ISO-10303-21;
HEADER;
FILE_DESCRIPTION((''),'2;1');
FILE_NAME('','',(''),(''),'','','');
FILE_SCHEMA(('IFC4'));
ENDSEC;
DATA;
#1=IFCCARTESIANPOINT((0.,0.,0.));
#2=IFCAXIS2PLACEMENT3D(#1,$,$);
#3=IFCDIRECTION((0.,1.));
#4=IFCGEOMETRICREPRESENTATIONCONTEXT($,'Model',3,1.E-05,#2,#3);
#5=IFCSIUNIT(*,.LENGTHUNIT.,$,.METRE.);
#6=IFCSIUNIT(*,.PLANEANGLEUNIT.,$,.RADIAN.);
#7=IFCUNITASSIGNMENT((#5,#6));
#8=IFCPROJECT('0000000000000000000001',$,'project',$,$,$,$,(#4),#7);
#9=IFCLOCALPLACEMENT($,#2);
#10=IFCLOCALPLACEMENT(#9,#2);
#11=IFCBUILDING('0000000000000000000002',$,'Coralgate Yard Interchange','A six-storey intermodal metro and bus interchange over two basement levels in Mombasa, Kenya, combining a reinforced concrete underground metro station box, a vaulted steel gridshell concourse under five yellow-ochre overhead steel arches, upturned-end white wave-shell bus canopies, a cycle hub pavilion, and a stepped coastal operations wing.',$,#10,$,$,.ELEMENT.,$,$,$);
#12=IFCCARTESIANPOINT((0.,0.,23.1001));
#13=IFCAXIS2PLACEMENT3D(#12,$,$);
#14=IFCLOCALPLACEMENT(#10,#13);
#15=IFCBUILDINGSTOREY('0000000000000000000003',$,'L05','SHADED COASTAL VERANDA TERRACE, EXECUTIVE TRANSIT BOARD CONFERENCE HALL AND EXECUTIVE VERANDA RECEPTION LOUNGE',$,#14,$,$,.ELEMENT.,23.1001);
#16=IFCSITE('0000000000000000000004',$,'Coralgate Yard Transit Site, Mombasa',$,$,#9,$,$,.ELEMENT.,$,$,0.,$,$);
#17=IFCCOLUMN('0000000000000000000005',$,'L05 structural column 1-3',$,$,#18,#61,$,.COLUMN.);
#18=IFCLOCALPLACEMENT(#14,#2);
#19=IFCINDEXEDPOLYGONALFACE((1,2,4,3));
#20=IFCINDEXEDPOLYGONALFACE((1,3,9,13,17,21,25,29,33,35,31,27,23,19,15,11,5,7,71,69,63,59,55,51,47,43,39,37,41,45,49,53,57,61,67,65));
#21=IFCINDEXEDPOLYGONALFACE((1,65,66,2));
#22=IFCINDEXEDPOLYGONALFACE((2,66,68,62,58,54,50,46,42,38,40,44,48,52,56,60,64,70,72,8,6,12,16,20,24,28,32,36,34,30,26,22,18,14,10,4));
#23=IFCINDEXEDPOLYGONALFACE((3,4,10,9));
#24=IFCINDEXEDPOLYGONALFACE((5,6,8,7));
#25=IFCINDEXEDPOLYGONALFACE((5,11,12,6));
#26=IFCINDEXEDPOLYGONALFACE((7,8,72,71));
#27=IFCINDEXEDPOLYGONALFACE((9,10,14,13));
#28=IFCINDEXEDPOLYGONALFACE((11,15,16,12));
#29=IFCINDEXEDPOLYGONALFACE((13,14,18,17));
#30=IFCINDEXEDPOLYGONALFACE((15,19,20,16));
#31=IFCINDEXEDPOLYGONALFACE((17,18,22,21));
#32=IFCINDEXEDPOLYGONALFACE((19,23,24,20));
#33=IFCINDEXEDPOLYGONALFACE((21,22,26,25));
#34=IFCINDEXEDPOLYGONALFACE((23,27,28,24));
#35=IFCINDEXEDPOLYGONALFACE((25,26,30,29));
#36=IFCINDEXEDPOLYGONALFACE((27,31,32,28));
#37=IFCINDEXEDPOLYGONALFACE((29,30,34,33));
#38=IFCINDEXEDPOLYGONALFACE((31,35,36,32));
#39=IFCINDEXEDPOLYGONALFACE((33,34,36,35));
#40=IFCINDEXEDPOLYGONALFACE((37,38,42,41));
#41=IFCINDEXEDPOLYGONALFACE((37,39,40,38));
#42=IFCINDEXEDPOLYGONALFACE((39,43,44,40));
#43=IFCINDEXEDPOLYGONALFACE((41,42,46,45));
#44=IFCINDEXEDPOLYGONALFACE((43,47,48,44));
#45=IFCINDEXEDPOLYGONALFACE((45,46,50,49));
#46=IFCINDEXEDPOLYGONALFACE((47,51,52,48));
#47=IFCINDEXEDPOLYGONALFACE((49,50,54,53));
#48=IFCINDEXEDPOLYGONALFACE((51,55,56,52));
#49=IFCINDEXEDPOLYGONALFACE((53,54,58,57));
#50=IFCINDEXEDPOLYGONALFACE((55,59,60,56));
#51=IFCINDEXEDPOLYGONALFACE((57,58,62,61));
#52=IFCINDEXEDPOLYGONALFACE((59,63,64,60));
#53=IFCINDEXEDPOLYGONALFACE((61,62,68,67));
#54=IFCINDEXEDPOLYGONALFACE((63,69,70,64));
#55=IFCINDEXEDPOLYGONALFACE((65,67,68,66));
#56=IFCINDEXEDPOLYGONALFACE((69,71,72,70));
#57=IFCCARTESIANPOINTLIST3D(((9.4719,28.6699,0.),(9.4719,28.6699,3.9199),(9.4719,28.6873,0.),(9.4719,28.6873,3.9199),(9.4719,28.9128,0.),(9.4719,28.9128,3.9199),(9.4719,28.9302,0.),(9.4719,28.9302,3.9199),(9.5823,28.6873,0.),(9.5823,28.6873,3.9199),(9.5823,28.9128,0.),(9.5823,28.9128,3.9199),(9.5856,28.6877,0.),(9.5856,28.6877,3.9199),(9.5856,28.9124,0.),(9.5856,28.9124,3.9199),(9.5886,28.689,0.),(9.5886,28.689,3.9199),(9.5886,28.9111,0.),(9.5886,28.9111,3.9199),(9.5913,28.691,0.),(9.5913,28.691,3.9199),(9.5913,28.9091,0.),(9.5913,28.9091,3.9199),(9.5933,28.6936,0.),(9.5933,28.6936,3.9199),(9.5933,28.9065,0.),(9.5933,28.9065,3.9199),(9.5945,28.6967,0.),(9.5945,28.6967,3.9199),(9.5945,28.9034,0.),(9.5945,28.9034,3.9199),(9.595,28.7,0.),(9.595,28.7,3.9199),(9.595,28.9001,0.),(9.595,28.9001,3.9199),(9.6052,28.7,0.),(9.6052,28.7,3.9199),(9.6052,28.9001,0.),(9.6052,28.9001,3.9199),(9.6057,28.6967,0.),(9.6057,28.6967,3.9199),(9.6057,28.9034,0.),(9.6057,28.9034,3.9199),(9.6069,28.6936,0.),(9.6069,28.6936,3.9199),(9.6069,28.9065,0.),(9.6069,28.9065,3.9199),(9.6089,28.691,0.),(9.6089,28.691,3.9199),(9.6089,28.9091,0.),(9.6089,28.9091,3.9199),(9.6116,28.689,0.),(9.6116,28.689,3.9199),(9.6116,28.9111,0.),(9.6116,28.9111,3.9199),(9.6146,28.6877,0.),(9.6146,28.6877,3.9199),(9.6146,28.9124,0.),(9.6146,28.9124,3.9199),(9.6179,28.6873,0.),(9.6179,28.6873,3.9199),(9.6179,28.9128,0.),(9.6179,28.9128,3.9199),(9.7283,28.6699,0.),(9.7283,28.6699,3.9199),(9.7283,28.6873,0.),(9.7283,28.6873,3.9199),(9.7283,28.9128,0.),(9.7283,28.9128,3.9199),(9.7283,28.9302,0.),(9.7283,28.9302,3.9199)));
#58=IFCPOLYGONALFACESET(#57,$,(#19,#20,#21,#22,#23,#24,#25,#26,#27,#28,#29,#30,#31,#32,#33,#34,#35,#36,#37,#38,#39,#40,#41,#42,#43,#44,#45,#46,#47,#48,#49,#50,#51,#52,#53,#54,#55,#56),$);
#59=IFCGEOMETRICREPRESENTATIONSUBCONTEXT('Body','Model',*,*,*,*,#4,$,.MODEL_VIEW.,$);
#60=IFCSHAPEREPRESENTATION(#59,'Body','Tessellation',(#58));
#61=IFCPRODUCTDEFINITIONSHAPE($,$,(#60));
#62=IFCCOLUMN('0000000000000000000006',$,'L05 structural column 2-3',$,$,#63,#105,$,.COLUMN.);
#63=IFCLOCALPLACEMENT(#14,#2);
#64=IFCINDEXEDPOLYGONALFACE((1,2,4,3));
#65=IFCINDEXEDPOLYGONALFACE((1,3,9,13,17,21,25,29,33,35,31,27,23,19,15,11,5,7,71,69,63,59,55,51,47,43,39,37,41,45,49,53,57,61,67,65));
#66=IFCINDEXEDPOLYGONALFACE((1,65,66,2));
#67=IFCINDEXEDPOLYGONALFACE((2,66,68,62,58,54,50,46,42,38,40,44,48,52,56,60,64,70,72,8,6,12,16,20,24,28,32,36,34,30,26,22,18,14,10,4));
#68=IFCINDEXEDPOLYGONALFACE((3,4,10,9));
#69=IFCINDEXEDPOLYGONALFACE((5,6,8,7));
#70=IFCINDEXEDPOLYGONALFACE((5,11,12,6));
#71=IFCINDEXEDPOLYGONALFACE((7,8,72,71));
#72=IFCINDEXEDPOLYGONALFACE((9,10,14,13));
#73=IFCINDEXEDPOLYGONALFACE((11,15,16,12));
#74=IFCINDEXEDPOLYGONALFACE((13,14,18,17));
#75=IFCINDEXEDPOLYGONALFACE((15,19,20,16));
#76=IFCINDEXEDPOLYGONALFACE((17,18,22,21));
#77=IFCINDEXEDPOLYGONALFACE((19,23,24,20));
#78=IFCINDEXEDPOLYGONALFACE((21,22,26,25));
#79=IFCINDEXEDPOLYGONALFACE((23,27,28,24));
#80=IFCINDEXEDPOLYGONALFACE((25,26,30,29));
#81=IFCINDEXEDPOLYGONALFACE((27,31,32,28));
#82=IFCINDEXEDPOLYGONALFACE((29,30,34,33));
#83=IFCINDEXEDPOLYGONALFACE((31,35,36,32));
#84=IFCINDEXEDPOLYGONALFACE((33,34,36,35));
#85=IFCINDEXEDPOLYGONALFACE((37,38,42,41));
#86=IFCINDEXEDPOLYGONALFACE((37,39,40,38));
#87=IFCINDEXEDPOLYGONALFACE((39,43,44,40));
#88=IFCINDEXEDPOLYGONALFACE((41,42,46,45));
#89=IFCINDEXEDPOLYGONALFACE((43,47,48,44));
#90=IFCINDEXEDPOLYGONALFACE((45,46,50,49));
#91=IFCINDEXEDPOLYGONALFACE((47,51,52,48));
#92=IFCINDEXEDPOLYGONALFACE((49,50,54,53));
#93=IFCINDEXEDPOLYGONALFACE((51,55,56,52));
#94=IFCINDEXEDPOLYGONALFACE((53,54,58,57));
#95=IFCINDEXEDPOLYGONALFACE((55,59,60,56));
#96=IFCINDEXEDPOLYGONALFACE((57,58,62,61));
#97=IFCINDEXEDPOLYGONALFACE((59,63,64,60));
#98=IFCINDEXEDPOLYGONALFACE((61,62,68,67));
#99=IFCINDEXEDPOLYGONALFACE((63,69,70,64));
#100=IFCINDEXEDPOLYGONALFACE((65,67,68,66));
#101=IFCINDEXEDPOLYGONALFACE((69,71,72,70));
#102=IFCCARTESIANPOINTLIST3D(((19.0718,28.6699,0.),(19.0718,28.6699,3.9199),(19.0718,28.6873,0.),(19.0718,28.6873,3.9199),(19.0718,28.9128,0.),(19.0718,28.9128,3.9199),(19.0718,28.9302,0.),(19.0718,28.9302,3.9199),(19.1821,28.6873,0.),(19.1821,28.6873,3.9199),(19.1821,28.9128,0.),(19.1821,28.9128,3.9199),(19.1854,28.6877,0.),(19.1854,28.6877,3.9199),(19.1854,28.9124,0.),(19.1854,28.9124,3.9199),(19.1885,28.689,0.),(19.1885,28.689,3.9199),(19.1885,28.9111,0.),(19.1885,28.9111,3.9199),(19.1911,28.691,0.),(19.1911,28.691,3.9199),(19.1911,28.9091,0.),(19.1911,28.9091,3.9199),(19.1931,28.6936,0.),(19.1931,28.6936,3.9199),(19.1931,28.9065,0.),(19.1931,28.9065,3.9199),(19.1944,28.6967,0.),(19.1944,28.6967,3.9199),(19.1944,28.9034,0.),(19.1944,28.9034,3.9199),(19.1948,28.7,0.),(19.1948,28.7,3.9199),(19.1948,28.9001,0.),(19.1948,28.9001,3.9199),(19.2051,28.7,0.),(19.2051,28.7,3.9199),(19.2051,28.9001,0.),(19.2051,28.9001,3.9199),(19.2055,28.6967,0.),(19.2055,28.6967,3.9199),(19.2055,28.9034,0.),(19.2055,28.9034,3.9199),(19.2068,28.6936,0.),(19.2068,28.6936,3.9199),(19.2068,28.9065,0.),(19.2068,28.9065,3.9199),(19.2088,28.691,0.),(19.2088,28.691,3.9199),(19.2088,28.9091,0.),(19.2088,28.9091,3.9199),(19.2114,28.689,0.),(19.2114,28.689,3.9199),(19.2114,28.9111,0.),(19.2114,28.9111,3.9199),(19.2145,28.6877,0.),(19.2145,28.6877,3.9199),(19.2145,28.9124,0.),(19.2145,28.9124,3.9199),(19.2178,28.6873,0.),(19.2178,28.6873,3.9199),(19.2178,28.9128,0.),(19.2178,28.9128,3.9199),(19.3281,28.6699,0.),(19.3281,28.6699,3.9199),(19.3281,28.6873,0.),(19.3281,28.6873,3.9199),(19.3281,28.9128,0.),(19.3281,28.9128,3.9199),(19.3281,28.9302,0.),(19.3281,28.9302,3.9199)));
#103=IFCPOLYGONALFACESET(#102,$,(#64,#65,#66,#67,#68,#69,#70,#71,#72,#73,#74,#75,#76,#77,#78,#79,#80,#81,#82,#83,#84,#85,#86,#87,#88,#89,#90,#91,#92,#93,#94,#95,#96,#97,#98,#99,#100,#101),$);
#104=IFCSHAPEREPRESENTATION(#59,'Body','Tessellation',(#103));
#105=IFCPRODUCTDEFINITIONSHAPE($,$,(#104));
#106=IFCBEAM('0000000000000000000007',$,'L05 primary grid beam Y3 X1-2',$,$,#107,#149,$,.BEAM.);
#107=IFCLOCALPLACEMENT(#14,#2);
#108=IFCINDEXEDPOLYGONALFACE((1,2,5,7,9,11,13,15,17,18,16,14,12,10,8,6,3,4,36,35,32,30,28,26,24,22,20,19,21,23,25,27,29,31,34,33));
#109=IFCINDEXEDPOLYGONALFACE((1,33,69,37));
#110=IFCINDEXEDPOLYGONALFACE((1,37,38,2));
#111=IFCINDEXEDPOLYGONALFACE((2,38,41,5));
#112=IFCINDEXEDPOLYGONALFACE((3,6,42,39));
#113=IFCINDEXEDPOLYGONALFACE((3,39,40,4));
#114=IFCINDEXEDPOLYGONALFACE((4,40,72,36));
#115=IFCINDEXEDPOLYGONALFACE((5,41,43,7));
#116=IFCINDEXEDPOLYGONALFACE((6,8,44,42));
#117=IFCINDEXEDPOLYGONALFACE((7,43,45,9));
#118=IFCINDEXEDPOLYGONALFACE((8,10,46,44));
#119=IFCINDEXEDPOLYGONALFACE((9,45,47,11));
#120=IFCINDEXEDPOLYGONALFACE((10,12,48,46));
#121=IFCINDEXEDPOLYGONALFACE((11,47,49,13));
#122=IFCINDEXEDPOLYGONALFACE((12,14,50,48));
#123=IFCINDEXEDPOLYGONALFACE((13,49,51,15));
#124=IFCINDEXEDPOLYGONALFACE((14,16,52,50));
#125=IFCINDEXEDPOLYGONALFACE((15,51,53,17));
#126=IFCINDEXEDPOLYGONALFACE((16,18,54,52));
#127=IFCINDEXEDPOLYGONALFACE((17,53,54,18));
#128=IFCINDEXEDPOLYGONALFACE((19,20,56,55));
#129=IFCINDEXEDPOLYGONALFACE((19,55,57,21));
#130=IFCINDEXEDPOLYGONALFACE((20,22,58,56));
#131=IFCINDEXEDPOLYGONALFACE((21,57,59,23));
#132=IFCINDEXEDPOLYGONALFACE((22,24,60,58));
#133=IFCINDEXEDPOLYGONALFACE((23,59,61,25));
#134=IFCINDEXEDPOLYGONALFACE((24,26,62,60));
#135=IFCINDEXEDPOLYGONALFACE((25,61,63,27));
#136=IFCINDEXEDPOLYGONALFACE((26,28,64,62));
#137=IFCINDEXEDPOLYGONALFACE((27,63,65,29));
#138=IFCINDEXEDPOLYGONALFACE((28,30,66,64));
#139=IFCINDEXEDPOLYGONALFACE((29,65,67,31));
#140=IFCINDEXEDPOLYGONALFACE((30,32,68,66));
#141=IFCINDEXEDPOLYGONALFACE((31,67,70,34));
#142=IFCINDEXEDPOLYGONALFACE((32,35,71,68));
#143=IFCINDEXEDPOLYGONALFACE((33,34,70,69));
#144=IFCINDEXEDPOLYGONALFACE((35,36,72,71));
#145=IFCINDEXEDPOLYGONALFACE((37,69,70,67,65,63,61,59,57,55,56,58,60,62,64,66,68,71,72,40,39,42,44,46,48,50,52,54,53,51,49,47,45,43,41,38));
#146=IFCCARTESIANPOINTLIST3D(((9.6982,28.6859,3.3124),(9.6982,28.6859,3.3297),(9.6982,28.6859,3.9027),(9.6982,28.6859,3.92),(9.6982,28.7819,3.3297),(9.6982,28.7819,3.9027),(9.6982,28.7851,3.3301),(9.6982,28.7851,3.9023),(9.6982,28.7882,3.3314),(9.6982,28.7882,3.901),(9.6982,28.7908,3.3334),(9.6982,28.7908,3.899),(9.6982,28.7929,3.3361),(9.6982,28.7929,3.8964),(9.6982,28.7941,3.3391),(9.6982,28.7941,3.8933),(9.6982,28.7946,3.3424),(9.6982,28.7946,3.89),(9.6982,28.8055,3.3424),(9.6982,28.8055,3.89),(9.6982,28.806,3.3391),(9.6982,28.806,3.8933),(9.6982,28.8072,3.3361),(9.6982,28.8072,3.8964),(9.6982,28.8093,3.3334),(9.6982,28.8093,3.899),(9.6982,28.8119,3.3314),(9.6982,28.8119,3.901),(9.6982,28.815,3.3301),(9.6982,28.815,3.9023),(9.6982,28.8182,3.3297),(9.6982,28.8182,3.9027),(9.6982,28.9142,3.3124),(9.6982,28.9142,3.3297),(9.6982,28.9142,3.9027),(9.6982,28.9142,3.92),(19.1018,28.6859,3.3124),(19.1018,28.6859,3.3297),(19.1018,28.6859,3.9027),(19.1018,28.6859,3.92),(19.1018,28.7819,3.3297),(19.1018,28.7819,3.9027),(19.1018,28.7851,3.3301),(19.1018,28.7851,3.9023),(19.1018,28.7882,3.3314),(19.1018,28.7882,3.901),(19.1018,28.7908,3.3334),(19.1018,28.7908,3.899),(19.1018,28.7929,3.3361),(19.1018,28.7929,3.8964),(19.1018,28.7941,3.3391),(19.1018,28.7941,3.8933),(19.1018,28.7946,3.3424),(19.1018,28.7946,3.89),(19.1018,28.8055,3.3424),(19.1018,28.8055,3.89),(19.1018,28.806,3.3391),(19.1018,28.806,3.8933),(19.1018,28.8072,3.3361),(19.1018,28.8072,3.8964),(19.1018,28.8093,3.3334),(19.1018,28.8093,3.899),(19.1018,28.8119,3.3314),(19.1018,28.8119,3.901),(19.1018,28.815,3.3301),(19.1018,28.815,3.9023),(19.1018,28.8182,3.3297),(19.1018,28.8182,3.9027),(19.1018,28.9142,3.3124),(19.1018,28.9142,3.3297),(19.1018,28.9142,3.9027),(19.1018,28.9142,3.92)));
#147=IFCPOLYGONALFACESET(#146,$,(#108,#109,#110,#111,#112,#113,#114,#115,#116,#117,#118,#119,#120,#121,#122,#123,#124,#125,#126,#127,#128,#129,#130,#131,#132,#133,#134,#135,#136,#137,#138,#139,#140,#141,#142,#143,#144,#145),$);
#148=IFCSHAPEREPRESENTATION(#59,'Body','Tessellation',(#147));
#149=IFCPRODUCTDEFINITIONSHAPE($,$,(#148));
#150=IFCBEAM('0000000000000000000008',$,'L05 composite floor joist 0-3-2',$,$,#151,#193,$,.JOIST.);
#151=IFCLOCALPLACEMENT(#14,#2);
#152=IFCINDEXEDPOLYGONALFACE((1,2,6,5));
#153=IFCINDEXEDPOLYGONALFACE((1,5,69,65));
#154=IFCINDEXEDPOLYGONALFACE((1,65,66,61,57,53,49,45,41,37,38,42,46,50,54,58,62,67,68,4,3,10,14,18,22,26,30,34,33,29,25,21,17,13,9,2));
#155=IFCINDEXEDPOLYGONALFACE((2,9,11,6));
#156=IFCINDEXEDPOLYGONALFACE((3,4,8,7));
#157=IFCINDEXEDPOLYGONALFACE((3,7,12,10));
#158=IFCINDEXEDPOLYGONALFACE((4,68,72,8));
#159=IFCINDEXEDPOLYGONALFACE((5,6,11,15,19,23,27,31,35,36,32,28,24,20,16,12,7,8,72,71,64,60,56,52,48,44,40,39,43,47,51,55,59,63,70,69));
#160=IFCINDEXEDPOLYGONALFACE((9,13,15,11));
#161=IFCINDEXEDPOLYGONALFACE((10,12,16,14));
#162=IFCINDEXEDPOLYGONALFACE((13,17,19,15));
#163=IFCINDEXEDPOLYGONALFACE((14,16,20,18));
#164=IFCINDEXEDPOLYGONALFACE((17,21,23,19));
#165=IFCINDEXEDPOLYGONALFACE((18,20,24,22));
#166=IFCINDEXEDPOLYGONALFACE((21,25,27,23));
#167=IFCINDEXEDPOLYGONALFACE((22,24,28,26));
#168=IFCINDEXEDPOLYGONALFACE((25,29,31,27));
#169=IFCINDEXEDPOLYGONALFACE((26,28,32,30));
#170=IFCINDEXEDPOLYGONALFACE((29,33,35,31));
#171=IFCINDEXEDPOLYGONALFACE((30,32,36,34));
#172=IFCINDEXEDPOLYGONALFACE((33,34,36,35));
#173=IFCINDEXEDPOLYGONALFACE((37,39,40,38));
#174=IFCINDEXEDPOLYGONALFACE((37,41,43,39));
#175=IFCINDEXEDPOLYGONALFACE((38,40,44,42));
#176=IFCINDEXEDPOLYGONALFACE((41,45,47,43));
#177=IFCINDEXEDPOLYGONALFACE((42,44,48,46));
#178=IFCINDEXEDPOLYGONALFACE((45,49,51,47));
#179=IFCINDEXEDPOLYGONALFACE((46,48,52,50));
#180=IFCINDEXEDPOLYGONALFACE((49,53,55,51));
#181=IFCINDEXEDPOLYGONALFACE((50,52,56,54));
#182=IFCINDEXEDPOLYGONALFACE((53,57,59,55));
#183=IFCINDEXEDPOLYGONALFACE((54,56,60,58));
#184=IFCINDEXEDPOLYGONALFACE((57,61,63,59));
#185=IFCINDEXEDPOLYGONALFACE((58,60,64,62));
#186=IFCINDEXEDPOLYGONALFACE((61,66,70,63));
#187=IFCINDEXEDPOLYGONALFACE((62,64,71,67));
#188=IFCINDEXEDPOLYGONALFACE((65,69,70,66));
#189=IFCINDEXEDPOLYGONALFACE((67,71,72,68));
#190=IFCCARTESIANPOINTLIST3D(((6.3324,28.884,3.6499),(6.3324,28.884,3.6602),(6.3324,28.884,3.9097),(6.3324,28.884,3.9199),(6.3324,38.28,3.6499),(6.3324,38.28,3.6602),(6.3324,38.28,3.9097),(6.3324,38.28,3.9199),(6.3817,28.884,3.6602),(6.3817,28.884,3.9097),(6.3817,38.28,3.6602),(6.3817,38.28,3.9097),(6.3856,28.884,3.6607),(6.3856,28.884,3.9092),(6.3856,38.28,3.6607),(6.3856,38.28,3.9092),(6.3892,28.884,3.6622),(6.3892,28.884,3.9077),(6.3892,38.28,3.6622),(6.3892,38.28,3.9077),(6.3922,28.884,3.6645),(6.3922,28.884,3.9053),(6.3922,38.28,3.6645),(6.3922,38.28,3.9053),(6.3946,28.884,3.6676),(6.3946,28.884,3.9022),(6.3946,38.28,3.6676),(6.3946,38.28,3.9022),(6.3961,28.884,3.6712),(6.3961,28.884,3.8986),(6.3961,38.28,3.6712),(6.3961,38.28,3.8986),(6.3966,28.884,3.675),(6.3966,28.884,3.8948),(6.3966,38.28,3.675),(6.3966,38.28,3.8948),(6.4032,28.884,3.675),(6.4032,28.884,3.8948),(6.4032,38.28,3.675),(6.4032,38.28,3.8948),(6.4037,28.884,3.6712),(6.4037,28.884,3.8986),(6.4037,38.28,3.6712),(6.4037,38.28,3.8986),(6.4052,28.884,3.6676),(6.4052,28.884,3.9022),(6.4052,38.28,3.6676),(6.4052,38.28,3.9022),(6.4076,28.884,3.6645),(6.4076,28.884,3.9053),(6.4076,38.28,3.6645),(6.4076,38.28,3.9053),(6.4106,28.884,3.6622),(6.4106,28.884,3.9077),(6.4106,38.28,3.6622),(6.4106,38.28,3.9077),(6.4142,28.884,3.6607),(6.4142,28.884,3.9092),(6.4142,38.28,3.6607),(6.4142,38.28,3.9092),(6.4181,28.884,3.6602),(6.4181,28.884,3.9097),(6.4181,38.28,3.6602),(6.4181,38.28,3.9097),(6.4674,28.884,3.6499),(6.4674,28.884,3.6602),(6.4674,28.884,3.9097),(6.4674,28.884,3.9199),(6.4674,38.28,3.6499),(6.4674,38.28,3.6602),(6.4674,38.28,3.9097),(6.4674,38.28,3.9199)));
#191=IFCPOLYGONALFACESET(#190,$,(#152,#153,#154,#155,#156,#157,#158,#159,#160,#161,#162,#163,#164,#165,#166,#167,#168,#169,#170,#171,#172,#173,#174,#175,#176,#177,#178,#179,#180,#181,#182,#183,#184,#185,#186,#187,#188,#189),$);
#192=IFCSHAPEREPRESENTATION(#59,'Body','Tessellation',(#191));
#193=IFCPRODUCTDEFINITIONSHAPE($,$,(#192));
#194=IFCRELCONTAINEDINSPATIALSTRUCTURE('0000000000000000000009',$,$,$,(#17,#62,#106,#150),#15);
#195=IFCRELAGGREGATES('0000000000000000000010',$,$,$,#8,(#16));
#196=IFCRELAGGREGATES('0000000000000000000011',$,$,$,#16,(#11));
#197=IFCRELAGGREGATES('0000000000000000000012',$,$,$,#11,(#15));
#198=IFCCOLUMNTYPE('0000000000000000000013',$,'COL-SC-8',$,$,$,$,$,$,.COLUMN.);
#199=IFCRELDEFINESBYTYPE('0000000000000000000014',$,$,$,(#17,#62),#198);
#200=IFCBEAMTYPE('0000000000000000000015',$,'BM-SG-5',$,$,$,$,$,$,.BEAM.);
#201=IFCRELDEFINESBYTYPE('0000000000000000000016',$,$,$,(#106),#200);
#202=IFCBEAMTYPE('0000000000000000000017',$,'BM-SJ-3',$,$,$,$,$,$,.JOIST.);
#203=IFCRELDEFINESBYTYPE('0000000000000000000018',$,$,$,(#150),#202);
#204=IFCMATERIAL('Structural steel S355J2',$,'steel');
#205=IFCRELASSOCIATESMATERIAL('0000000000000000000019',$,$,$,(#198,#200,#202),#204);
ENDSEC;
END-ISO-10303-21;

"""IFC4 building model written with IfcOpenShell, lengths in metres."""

from ifc_helpers import new_model, si_unit, direction, frame, origin, origin_2d, place, context, subcontext, project, spatial, i_section, extrude, material, material_profile, profile_set, type_object, element, save


model = new_model("IFC4")

# Units and contexts
model_context = context("Model", 3, precision=1e-05, world=origin(), true_north=direction((0.0, 1.0)))
body_context = subcontext(model_context, "Body", "Model", "MODEL_VIEW")
ifc_project = project(units=[si_unit("LENGTHUNIT", "METRE"), si_unit("PLANEANGLEUNIT", "RADIAN")], contexts=[model_context])

# Site, building, storey
site_placement = place(None, origin())
site = spatial("IfcSite", under=ifc_project, at=site_placement, Name="Coralgate Yard Transit Site, Mombasa", CompositionType="ELEMENT", RefElevation=0.0)
building_placement = place(site_placement, origin())
building = spatial("IfcBuilding", under=site, at=building_placement, Name="Coralgate Yard Interchange", Description="A six-storey intermodal metro and bus interchange over two basement levels in Mombasa, Kenya, combining a reinforced concrete underground metro station box, a vaulted steel gridshell concourse under five yellow-ochre overhead steel arches, upturned-end white wave-shell bus canopies, a cycle hub pavilion, and a stepped coastal operations wing.", CompositionType="ELEMENT")
storey_placement = place(building_placement, frame((0.0, 0.0, 23.1001)))
storey = spatial("IfcBuildingStorey", under=building, at=storey_placement, Name="L05", Description="SHADED COASTAL VERANDA TERRACE, EXECUTIVE TRANSIT BOARD CONFERENCE HALL AND EXECUTIVE VERANDA RECEPTION LOUNGE", CompositionType="ELEMENT", Elevation=23.1001)

# Columns
ifc_material_1 = material(Name="Structural steel S355J2", Category="steel")
ifc_material_profile_1 = material_profile(ifc_material_1, i_section(OverallWidth=0.2563, OverallDepth=0.2603, WebThickness=0.0103, FlangeThickness=0.0173, FilletRadius=0.0127, at=origin_2d()), Name="UC 254x254x89")
ifc_profile_set_1 = profile_set([ifc_material_profile_1], Name="Structural steel S355J2")
column_type = type_object("IfcColumnType", Name="COL-SC-8", PredefinedType="COLUMN", material=ifc_profile_set_1)
for number, where, z_axis, x_axis, name in (
    (1, (9.6001, 28.8, 0.0), (0.0, 0.0, 1.0), (1.0, 0.0, 0.0), "L05 structural column 1-3"),
    (2, (19.2, 28.8, 0.0), (0.0, 0.0, 1.0), (1.0, 0.0, 0.0), "L05 structural column 2-3"),
):
    element("IfcColumn", number, at=place(storey_placement, frame(where, z_axis=z_axis, x_axis=x_axis)), inside=storey, type_object=column_type, Name=name, PredefinedType="COLUMN", context=body_context, shape_type="SweptSolid", body=[
        extrude(i_section(OverallWidth=0.2563, OverallDepth=0.2603, WebThickness=0.0103, FlangeThickness=0.0173, FilletRadius=0.0127, at=origin_2d()), origin(), (0.0, 0.0, 1.0), 3.9199),
    ])

# Beams
ifc_material_profile_2 = material_profile(ifc_material_1, i_section(OverallWidth=0.2283, OverallDepth=0.6077, WebThickness=0.011, FlangeThickness=0.0173, FilletRadius=0.0127, at=origin_2d()), Name="UB 610x229x113")
ifc_profile_set_2 = profile_set([ifc_material_profile_2], Name="Structural steel S355J2")
beam_type_1 = type_object("IfcBeamType", Name="BM-SG-5", PredefinedType="BEAM", material=ifc_profile_set_2)
beam_placement = place(storey_placement, frame((9.6982, 28.8, 3.6162), z_axis=(1.0, 0.0, 0.0), x_axis=(0.0, 1.0, 0.0)))
element("IfcBeam", 3, at=beam_placement, inside=storey, type_object=beam_type_1, Name="L05 primary grid beam Y3 X1-2", PredefinedType="BEAM", context=body_context, shape_type="SweptSolid", body=[
    extrude(i_section(OverallWidth=0.2283, OverallDepth=0.6077, WebThickness=0.011, FlangeThickness=0.0173, FilletRadius=0.0127, at=origin_2d()), origin(), (0.0, 0.0, 1.0), 9.4036),
])
ifc_material_profile_3 = material_profile(ifc_material_1, i_section(OverallWidth=0.135, OverallDepth=0.27, WebThickness=0.0066, FlangeThickness=0.0103, FilletRadius=0.0149, at=origin_2d()), Name="IPE 270")
ifc_profile_set_3 = profile_set([ifc_material_profile_3], Name="Structural steel S355J2")
beam_type_2 = type_object("IfcBeamType", Name="BM-SJ-3", PredefinedType="JOIST", material=ifc_profile_set_3)
for number, where, z_axis, x_axis, name in (
    (4, (6.3999, 28.884, 3.7849), (0.0, 1.0, 0.0), (-1.0, 0.0, 0.0), "L05 composite floor joist 0-3-2"),
):
    element("IfcBeam", number, at=place(storey_placement, frame(where, z_axis=z_axis, x_axis=x_axis)), inside=storey, type_object=beam_type_2, Name=name, PredefinedType="JOIST", context=body_context, shape_type="SweptSolid", body=[
        extrude(i_section(OverallWidth=0.135, OverallDepth=0.27, WebThickness=0.0066, FlangeThickness=0.0103, FilletRadius=0.0149, at=origin_2d()), origin(), (0.0, 0.0, 1.0), 9.396),
    ])

save(model, "model.ifc")
